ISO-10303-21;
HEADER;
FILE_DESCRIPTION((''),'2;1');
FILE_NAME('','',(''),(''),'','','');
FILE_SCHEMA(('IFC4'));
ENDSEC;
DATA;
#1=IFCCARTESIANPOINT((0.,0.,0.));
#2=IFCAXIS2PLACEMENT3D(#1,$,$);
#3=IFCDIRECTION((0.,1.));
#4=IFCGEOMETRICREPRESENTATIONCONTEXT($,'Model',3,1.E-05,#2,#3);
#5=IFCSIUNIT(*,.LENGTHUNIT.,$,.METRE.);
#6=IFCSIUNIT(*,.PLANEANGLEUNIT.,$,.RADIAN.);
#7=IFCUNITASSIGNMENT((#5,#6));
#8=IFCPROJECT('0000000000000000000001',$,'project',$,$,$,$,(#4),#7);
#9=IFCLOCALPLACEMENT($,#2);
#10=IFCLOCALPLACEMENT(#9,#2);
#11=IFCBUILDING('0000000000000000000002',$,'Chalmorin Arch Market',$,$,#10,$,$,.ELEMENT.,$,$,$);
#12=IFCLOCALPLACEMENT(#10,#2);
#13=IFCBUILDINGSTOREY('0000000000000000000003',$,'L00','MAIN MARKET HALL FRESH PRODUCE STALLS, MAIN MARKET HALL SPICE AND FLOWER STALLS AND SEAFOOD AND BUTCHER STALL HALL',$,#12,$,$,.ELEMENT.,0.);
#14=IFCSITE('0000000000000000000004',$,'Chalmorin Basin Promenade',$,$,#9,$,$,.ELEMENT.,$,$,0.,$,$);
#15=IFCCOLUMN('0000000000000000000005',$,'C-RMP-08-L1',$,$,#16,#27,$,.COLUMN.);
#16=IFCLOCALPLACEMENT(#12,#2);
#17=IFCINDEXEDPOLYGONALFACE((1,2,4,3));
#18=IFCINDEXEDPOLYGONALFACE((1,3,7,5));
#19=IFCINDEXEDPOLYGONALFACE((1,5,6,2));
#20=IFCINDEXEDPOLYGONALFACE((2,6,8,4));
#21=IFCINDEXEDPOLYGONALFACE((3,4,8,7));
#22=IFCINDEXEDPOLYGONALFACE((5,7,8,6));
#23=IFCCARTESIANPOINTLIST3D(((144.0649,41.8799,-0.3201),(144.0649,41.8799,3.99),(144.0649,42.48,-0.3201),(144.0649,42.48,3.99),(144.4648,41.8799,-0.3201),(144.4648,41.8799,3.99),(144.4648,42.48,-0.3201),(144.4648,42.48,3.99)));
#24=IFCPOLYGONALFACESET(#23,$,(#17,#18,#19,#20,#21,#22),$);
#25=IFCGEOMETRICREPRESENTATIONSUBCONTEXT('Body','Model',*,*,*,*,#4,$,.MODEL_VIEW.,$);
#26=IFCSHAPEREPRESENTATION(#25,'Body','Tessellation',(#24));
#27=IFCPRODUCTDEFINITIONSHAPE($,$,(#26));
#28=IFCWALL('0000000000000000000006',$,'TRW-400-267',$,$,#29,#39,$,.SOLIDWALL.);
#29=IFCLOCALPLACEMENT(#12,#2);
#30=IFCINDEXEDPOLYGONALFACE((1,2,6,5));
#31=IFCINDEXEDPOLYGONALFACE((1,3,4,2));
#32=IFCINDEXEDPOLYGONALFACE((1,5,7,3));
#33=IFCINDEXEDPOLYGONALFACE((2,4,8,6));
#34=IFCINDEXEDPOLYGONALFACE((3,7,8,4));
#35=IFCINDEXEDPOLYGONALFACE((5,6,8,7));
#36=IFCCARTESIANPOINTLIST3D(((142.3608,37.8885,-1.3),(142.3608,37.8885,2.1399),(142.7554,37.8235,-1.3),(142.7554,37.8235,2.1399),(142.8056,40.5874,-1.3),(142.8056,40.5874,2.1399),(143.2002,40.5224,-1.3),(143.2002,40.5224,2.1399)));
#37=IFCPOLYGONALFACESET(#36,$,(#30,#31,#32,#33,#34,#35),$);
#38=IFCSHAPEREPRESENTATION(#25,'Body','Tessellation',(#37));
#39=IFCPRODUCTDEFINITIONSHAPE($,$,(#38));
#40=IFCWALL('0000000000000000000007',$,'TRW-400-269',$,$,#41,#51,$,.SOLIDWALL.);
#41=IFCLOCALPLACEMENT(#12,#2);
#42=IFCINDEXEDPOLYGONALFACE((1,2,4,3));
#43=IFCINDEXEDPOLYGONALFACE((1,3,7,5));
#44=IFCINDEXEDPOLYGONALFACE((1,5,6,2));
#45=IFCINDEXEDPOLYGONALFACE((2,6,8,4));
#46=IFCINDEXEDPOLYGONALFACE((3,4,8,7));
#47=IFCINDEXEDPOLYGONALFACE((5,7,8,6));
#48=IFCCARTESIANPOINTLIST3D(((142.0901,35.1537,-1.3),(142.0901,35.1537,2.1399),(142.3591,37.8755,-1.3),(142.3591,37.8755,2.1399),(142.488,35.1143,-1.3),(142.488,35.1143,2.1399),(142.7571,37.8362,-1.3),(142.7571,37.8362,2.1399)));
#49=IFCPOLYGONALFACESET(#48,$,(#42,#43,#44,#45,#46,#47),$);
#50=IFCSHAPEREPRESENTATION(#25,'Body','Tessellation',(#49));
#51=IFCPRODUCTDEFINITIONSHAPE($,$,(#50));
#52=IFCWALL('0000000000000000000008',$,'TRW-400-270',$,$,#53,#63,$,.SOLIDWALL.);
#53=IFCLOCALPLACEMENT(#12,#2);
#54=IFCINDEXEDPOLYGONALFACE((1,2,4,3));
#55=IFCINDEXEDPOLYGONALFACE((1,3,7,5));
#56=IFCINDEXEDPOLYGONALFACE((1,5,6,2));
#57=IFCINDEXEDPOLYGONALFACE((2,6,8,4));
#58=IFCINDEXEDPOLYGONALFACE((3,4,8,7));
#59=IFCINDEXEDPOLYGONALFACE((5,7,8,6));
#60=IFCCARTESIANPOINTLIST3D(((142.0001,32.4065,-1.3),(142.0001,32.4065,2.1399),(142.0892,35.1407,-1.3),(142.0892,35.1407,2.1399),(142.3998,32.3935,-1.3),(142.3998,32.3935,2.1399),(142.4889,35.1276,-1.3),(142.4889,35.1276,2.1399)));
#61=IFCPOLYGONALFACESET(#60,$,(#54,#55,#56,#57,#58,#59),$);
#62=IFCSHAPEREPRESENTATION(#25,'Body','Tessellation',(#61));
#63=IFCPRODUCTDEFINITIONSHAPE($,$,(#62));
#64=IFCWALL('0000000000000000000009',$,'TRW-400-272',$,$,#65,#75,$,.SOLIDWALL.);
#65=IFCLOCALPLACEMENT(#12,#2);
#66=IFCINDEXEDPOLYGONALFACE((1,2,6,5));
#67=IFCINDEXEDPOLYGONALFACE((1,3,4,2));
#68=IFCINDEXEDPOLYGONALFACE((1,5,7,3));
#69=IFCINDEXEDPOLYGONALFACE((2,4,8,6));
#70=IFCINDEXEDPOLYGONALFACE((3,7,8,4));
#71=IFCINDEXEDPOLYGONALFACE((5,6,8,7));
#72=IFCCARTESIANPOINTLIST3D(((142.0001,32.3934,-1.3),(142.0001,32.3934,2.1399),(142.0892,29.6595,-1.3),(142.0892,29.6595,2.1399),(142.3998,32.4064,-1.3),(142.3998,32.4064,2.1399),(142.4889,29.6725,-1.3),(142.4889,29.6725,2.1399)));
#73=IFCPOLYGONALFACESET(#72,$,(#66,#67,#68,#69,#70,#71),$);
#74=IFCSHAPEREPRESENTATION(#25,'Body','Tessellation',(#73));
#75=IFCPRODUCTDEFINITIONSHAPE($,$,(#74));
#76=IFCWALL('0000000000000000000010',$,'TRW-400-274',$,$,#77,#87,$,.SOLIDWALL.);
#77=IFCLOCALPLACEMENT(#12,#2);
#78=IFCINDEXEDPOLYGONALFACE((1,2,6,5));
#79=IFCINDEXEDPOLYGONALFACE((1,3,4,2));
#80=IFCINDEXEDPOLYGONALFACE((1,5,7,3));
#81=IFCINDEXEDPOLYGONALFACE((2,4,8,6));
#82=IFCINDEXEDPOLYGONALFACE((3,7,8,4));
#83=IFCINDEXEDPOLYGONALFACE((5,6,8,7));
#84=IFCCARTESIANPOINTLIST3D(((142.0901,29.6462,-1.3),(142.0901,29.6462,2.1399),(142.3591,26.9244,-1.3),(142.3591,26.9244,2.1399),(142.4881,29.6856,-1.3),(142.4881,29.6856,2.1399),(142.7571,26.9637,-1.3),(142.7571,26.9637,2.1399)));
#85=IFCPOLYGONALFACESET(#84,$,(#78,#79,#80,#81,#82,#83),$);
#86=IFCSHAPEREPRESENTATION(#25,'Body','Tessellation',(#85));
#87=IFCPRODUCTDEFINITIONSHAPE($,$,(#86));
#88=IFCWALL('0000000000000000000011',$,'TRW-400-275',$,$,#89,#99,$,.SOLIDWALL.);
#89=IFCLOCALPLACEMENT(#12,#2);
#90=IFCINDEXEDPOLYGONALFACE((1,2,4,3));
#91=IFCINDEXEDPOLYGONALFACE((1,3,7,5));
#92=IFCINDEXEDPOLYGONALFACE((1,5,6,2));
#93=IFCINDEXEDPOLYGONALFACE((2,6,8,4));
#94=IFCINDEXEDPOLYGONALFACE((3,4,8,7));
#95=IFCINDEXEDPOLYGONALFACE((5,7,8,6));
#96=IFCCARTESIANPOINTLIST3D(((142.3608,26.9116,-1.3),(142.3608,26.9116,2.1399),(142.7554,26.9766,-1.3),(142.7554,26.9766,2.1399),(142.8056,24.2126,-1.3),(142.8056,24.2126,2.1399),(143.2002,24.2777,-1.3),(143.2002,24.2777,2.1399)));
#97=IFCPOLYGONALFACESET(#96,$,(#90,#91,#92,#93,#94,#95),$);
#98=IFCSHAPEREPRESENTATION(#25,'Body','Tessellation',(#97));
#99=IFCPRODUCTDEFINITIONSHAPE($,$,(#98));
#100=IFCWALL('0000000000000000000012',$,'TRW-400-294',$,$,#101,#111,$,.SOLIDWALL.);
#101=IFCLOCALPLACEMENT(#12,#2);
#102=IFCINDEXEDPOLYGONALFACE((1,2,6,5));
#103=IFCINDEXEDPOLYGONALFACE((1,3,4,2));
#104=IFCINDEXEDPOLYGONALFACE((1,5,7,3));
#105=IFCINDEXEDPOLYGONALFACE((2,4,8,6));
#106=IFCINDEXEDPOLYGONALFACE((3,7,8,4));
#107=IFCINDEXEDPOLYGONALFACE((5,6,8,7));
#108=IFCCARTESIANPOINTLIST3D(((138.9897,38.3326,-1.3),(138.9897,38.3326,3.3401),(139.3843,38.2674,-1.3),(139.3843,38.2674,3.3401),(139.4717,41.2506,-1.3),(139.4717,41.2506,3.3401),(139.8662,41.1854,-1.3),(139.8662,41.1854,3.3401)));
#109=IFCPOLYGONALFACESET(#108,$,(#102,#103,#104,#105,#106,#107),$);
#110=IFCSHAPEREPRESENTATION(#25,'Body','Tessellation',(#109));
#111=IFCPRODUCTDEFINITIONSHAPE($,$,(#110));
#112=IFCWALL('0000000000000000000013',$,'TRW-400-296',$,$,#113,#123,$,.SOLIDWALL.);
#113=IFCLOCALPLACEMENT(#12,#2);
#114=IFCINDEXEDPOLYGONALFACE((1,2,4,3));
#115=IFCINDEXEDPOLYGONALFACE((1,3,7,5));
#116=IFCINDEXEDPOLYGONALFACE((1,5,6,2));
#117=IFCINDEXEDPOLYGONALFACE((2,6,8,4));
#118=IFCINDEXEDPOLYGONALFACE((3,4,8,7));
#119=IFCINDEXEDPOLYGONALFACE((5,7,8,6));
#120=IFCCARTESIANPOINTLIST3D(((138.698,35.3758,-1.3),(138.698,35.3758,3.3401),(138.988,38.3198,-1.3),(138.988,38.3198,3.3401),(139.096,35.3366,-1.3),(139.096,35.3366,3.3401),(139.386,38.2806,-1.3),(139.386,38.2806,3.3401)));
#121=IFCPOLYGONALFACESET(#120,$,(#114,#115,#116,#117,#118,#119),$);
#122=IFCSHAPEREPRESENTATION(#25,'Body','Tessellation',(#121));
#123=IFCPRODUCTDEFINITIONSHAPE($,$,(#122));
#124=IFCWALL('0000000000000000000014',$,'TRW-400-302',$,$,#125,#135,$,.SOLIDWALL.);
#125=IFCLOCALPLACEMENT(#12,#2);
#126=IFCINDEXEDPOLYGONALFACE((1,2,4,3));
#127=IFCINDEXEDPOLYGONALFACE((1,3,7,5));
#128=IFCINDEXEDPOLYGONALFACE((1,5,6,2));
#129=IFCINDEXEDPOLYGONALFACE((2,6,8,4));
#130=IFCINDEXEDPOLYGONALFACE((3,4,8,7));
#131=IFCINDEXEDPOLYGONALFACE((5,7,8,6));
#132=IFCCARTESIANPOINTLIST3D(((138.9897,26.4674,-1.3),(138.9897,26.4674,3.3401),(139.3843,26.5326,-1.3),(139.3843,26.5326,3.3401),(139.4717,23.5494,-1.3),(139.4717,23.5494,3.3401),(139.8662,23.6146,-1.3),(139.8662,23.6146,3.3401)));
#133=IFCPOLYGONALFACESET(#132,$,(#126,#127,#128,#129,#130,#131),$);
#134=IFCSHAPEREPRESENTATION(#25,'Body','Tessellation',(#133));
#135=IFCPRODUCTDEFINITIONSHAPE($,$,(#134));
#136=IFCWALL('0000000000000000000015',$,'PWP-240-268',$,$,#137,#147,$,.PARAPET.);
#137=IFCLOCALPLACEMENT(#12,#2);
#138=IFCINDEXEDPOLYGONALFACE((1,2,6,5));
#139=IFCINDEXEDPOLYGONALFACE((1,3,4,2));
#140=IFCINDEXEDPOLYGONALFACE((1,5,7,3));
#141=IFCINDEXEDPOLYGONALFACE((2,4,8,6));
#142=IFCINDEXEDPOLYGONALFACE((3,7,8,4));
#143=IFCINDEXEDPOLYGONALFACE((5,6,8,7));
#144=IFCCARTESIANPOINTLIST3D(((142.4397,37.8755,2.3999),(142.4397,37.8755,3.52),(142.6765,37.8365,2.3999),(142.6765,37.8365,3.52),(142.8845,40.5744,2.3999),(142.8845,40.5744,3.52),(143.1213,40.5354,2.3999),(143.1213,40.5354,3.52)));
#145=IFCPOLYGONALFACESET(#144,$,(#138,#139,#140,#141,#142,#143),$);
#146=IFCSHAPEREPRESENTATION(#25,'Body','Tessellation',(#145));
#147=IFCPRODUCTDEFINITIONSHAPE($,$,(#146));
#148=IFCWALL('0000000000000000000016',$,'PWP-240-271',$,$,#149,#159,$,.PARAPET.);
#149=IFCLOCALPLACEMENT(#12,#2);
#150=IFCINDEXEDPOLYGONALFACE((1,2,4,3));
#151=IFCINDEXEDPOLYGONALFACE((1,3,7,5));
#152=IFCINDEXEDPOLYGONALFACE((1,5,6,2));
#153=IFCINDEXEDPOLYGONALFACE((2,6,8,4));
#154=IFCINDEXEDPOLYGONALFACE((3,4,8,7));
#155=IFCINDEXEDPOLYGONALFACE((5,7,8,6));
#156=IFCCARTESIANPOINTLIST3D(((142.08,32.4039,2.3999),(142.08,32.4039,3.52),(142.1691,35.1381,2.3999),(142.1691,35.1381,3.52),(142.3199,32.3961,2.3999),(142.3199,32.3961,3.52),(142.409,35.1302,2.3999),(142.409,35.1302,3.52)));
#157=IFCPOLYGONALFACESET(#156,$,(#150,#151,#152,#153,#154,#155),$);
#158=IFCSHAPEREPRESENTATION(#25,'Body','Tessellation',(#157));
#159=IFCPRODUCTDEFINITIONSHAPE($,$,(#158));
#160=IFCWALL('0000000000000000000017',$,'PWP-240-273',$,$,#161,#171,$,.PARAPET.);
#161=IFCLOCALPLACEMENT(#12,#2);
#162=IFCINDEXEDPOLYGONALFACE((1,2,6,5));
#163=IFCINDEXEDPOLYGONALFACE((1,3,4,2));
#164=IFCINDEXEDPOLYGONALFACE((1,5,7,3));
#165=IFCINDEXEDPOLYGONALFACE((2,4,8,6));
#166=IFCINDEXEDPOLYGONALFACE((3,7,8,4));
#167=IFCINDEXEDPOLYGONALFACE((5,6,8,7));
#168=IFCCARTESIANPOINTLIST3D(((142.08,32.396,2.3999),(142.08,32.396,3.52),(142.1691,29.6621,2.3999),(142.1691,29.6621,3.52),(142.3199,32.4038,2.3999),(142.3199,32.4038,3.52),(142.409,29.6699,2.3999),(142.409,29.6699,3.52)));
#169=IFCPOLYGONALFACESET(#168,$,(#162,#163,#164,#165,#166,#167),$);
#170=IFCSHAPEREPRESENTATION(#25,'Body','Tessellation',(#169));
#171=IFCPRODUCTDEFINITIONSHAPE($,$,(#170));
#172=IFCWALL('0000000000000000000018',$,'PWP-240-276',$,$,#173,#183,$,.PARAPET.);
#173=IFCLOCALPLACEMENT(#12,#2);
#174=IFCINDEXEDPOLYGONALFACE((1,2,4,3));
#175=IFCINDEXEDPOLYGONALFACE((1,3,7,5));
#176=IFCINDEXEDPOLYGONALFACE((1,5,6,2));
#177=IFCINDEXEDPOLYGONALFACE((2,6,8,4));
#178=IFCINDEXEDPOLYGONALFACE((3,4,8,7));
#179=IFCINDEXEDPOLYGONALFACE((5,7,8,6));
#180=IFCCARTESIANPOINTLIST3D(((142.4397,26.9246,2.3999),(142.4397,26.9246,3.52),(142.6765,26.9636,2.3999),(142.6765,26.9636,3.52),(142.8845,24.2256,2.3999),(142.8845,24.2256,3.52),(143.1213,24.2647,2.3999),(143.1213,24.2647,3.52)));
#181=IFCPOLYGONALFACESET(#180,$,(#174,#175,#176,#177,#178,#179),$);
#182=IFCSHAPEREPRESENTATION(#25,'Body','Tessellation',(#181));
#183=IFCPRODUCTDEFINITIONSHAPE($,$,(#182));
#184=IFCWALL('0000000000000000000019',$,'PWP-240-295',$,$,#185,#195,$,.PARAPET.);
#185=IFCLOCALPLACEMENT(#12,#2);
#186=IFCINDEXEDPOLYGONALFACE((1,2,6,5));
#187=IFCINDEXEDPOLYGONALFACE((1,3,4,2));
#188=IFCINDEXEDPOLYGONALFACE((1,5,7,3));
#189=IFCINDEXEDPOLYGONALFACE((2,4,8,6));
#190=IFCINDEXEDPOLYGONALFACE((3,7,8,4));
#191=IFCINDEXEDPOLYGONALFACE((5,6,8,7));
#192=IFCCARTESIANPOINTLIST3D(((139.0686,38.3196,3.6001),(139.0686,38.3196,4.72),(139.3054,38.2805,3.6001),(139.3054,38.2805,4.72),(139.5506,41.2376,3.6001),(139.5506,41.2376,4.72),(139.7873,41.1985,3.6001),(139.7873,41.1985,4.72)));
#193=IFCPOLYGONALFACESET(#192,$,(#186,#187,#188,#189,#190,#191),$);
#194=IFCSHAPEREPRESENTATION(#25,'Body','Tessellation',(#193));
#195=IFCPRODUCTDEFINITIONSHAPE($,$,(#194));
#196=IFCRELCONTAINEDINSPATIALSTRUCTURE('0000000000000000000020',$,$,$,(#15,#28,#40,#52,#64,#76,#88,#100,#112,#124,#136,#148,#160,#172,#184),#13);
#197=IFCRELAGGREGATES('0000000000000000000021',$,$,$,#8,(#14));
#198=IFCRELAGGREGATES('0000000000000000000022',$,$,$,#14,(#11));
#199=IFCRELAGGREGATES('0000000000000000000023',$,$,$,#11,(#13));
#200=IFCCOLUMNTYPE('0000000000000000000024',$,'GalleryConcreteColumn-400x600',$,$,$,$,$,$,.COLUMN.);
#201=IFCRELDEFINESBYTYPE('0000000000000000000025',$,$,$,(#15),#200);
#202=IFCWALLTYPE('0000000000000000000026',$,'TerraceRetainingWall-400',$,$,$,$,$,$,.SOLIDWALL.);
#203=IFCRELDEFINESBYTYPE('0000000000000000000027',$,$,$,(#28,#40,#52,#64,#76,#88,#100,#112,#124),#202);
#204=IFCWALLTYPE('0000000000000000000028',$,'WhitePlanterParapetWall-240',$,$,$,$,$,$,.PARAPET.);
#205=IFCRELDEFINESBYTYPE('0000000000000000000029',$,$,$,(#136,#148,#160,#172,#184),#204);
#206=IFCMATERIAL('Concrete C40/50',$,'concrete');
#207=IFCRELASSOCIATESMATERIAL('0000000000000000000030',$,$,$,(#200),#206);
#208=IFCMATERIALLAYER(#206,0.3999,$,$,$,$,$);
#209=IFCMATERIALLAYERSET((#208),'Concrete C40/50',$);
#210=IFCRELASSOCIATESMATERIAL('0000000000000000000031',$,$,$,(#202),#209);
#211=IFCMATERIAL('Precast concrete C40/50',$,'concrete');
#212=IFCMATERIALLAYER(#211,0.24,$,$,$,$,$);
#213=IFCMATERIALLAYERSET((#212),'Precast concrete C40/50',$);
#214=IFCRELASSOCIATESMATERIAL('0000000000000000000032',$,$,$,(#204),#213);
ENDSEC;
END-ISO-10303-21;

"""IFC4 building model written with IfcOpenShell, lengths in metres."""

from ifc_helpers import new_model, si_unit, direction, frame, frame_2d, origin, origin_2d, place, context, subcontext, project, spatial, rectangle, extrude, material, layer, layer_set, material_profile, profile_set, type_object, element, save


model = new_model("IFC4")

# Units and contexts
model_context = context("Model", 3, precision=1e-05, world=origin(), true_north=direction((0.0, 1.0)))
body_context = subcontext(model_context, "Body", "Model", "MODEL_VIEW")
ifc_project = project(units=[si_unit("LENGTHUNIT", "METRE"), si_unit("PLANEANGLEUNIT", "RADIAN")], contexts=[model_context])

# Site, building, storey
site_placement = place(None, origin())
site = spatial("IfcSite", under=ifc_project, at=site_placement, Name="Chalmorin Basin Promenade", CompositionType="ELEMENT", RefElevation=0.0)
building_placement = place(site_placement, origin())
building = spatial("IfcBuilding", under=site, at=building_placement, Name="Chalmorin Arch Market", CompositionType="ELEMENT")
storey_placement = place(building_placement, origin())
storey = spatial("IfcBuildingStorey", under=building, at=storey_placement, Name="L00", Description="MAIN MARKET HALL FRESH PRODUCE STALLS, MAIN MARKET HALL SPICE AND FLOWER STALLS AND SEAFOOD AND BUTCHER STALL HALL", CompositionType="ELEMENT", Elevation=0.0)

# Column
ifc_material_1 = material(Name="Concrete C40/50", Category="concrete")
ifc_material_profile = material_profile(ifc_material_1, rectangle(XDim=0.3999, YDim=0.6001, at=origin_2d()), Name="RC400X600")
ifc_profile_set = profile_set([ifc_material_profile], Name="Concrete C40/50")
column_type = type_object("IfcColumnType", Name="GalleryConcreteColumn-400x600", PredefinedType="COLUMN", material=ifc_profile_set)
column_placement = place(storey_placement, frame((144.2649, 42.1799, -0.3201), z_axis=(0.0, 0.0, 1.0), x_axis=(1.0, 0.0, 0.0)))
element("IfcColumn", 1, at=column_placement, inside=storey, type_object=column_type, Name="C-RMP-08-L1", PredefinedType="COLUMN", context=body_context, shape_type="SweptSolid", body=[
    extrude(rectangle(XDim=0.3999, YDim=0.6001, at=origin_2d()), origin(), (0.0, 0.0, 1.0), 4.3101),
])

# Walls
ifc_layer_1 = layer(ifc_material_1, 0.3999)
ifc_layer_set_1 = layer_set([ifc_layer_1], Name="Concrete C40/50")
wall_type_1 = type_object("IfcWallType", Name="TerraceRetainingWall-400", PredefinedType="SOLIDWALL", material=ifc_layer_set_1)
wall_1_placement = place(storey_placement, frame((143.0029, 40.5549, -1.3), z_axis=(0.0, 0.0, 1.0), x_axis=(-0.162618, -0.986689, 0.0)))
element("IfcWall", 2, at=wall_1_placement, inside=storey, type_object=wall_type_1, Name="TRW-400-267", PredefinedType="SOLIDWALL", context=body_context, shape_type="SweptSolid", body=[
    extrude(rectangle(XDim=2.7354, YDim=0.3999, at=frame_2d((1.3677, 0.0))), origin(), (0.0, 0.0, 1.0), 3.4399),
])
wall_2_placement = place(storey_placement, frame((142.5581, 37.856, -1.3), z_axis=(0.0, 0.0, 1.0), x_axis=(-0.098364, -0.995151, 0.0)))
element("IfcWall", 3, at=wall_2_placement, inside=storey, type_object=wall_type_1, Name="TRW-400-269", PredefinedType="SOLIDWALL", context=body_context, shape_type="SweptSolid", body=[
    extrude(rectangle(XDim=2.7351, YDim=0.3999, at=frame_2d((1.3677, 0.0))), origin(), (0.0, 0.0, 1.0), 3.4399),
])
wall_3_placement = place(storey_placement, frame((142.2891, 35.134, -1.3), z_axis=(0.0, 0.0, 1.0), x_axis=(-0.032575, -0.999469, 0.0)))
element("IfcWall", 4, at=wall_3_placement, inside=storey, type_object=wall_type_1, Name="TRW-400-270", PredefinedType="SOLIDWALL", context=body_context, shape_type="SweptSolid", body=[
    extrude(rectangle(XDim=2.7356, YDim=0.3999, at=frame_2d((1.3677, 0.0))), origin(), (0.0, 0.0, 1.0), 3.4399),
])
wall_4_placement = place(storey_placement, frame((142.2, 32.3999, -1.3), z_axis=(0.0, 0.0, 1.0), x_axis=(0.032578, -0.999469, 0.0)))
element("IfcWall", 5, at=wall_4_placement, inside=storey, type_object=wall_type_1, Name="TRW-400-272", PredefinedType="SOLIDWALL", context=body_context, shape_type="SweptSolid", body=[
    extrude(rectangle(XDim=2.7354, YDim=0.3999, at=frame_2d((1.3677, 0.0))), origin(), (0.0, 0.0, 1.0), 3.4399),
])
wall_5_placement = place(storey_placement, frame((142.2891, 29.666, -1.3), z_axis=(0.0, 0.0, 1.0), x_axis=(0.098364, -0.995151, 0.0)))
element("IfcWall", 6, at=wall_5_placement, inside=storey, type_object=wall_type_1, Name="TRW-400-274", PredefinedType="SOLIDWALL", context=body_context, shape_type="SweptSolid", body=[
    extrude(rectangle(XDim=2.7351, YDim=0.3999, at=frame_2d((1.3677, 0.0))), origin(), (0.0, 0.0, 1.0), 3.4399),
])
wall_6_placement = place(storey_placement, frame((142.5581, 26.9441, -1.3), z_axis=(0.0, 0.0, 1.0), x_axis=(0.162618, -0.986689, 0.0)))
element("IfcWall", 7, at=wall_6_placement, inside=storey, type_object=wall_type_1, Name="TRW-400-275", PredefinedType="SOLIDWALL", context=body_context, shape_type="SweptSolid", body=[
    extrude(rectangle(XDim=2.7354, YDim=0.3999, at=frame_2d((1.3677, 0.0))), origin(), (0.0, 0.0, 1.0), 3.4399),
])
wall_7_placement = place(storey_placement, frame((139.6689, 41.218, -1.3), z_axis=(0.0, 0.0, 1.0), x_axis=(-0.162953, -0.986634, 0.0)))
element("IfcWall", 8, at=wall_7_placement, inside=storey, type_object=wall_type_1, Name="TRW-400-294", PredefinedType="SOLIDWALL", context=body_context, shape_type="SweptSolid", body=[
    extrude(rectangle(XDim=2.9575, YDim=0.3999, at=frame_2d((1.4788, 0.0))), origin(), (0.0, 0.0, 1.0), 4.6401),
])
wall_8_placement = place(storey_placement, frame((139.187, 38.3, -1.3), z_axis=(0.0, 0.0, 1.0), x_axis=(-0.098041, -0.995182, 0.0)))
element("IfcWall", 9, at=wall_8_placement, inside=storey, type_object=wall_type_1, Name="TRW-400-296", PredefinedType="SOLIDWALL", context=body_context, shape_type="SweptSolid", body=[
    extrude(rectangle(XDim=2.9583, YDim=0.3999, at=frame_2d((1.479, 0.0))), origin(), (0.0, 0.0, 1.0), 4.6401),
])
wall_9_placement = place(storey_placement, frame((139.187, 26.5, -1.3), z_axis=(0.0, 0.0, 1.0), x_axis=(0.162953, -0.986634, 0.0)))
element("IfcWall", 10, at=wall_9_placement, inside=storey, type_object=wall_type_1, Name="TRW-400-302", PredefinedType="SOLIDWALL", context=body_context, shape_type="SweptSolid", body=[
    extrude(rectangle(XDim=2.9575, YDim=0.3999, at=frame_2d((1.4788, 0.0))), origin(), (0.0, 0.0, 1.0), 4.6401),
])
ifc_material_2 = material(Name="Precast concrete C40/50", Category="concrete")
ifc_layer_2 = layer(ifc_material_2, 0.24)
ifc_layer_set_2 = layer_set([ifc_layer_2], Name="Precast concrete C40/50")
wall_type_2 = type_object("IfcWallType", Name="WhitePlanterParapetWall-240", PredefinedType="PARAPET", material=ifc_layer_set_2)
wall_10_placement = place(storey_placement, frame((143.0029, 40.5549, 2.3999), z_axis=(0.0, 0.0, 1.0), x_axis=(-0.162618, -0.986689, 0.0)))
element("IfcWall", 11, at=wall_10_placement, inside=storey, type_object=wall_type_2, Name="PWP-240-268", PredefinedType="PARAPET", context=body_context, shape_type="SweptSolid", body=[
    extrude(rectangle(XDim=2.7354, YDim=0.24, at=frame_2d((1.3677, 0.0))), origin(), (0.0, 0.0, 1.0), 1.1201),
])
wall_11_placement = place(storey_placement, frame((142.2891, 35.134, 2.3999), z_axis=(0.0, 0.0, 1.0), x_axis=(-0.032575, -0.999469, 0.0)))
element("IfcWall", 12, at=wall_11_placement, inside=storey, type_object=wall_type_2, Name="PWP-240-271", PredefinedType="PARAPET", context=body_context, shape_type="SweptSolid", body=[
    extrude(rectangle(XDim=2.7356, YDim=0.24, at=frame_2d((1.3677, 0.0))), origin(), (0.0, 0.0, 1.0), 1.1201),
])
for number, where, z_axis, x_axis, name in (
    (13, (142.2, 32.3999, 2.3999), (0.0, 0.0, 1.0), (0.032578, -0.999469, 0.0), "PWP-240-273"),
    (14, (142.5581, 26.9441, 2.3999), (0.0, 0.0, 1.0), (0.162618, -0.986689, 0.0), "PWP-240-276"),
):
    element("IfcWall", number, at=place(storey_placement, frame(where, z_axis=z_axis, x_axis=x_axis)), inside=storey, type_object=wall_type_2, Name=name, PredefinedType="PARAPET", context=body_context, shape_type="SweptSolid", body=[
        extrude(rectangle(XDim=2.7354, YDim=0.24, at=frame_2d((1.3677, 0.0))), origin(), (0.0, 0.0, 1.0), 1.1201),
    ])
wall_12_placement = place(storey_placement, frame((139.6689, 41.218, 3.6001), z_axis=(0.0, 0.0, 1.0), x_axis=(-0.162953, -0.986634, 0.0)))
element("IfcWall", 15, at=wall_12_placement, inside=storey, type_object=wall_type_2, Name="PWP-240-295", PredefinedType="PARAPET", context=body_context, shape_type="SweptSolid", body=[
    extrude(rectangle(XDim=2.9575, YDim=0.24, at=frame_2d((1.4788, 0.0))), origin(), (0.0, 0.0, 1.0), 1.1199),
])

save(model, "model.ifc")
